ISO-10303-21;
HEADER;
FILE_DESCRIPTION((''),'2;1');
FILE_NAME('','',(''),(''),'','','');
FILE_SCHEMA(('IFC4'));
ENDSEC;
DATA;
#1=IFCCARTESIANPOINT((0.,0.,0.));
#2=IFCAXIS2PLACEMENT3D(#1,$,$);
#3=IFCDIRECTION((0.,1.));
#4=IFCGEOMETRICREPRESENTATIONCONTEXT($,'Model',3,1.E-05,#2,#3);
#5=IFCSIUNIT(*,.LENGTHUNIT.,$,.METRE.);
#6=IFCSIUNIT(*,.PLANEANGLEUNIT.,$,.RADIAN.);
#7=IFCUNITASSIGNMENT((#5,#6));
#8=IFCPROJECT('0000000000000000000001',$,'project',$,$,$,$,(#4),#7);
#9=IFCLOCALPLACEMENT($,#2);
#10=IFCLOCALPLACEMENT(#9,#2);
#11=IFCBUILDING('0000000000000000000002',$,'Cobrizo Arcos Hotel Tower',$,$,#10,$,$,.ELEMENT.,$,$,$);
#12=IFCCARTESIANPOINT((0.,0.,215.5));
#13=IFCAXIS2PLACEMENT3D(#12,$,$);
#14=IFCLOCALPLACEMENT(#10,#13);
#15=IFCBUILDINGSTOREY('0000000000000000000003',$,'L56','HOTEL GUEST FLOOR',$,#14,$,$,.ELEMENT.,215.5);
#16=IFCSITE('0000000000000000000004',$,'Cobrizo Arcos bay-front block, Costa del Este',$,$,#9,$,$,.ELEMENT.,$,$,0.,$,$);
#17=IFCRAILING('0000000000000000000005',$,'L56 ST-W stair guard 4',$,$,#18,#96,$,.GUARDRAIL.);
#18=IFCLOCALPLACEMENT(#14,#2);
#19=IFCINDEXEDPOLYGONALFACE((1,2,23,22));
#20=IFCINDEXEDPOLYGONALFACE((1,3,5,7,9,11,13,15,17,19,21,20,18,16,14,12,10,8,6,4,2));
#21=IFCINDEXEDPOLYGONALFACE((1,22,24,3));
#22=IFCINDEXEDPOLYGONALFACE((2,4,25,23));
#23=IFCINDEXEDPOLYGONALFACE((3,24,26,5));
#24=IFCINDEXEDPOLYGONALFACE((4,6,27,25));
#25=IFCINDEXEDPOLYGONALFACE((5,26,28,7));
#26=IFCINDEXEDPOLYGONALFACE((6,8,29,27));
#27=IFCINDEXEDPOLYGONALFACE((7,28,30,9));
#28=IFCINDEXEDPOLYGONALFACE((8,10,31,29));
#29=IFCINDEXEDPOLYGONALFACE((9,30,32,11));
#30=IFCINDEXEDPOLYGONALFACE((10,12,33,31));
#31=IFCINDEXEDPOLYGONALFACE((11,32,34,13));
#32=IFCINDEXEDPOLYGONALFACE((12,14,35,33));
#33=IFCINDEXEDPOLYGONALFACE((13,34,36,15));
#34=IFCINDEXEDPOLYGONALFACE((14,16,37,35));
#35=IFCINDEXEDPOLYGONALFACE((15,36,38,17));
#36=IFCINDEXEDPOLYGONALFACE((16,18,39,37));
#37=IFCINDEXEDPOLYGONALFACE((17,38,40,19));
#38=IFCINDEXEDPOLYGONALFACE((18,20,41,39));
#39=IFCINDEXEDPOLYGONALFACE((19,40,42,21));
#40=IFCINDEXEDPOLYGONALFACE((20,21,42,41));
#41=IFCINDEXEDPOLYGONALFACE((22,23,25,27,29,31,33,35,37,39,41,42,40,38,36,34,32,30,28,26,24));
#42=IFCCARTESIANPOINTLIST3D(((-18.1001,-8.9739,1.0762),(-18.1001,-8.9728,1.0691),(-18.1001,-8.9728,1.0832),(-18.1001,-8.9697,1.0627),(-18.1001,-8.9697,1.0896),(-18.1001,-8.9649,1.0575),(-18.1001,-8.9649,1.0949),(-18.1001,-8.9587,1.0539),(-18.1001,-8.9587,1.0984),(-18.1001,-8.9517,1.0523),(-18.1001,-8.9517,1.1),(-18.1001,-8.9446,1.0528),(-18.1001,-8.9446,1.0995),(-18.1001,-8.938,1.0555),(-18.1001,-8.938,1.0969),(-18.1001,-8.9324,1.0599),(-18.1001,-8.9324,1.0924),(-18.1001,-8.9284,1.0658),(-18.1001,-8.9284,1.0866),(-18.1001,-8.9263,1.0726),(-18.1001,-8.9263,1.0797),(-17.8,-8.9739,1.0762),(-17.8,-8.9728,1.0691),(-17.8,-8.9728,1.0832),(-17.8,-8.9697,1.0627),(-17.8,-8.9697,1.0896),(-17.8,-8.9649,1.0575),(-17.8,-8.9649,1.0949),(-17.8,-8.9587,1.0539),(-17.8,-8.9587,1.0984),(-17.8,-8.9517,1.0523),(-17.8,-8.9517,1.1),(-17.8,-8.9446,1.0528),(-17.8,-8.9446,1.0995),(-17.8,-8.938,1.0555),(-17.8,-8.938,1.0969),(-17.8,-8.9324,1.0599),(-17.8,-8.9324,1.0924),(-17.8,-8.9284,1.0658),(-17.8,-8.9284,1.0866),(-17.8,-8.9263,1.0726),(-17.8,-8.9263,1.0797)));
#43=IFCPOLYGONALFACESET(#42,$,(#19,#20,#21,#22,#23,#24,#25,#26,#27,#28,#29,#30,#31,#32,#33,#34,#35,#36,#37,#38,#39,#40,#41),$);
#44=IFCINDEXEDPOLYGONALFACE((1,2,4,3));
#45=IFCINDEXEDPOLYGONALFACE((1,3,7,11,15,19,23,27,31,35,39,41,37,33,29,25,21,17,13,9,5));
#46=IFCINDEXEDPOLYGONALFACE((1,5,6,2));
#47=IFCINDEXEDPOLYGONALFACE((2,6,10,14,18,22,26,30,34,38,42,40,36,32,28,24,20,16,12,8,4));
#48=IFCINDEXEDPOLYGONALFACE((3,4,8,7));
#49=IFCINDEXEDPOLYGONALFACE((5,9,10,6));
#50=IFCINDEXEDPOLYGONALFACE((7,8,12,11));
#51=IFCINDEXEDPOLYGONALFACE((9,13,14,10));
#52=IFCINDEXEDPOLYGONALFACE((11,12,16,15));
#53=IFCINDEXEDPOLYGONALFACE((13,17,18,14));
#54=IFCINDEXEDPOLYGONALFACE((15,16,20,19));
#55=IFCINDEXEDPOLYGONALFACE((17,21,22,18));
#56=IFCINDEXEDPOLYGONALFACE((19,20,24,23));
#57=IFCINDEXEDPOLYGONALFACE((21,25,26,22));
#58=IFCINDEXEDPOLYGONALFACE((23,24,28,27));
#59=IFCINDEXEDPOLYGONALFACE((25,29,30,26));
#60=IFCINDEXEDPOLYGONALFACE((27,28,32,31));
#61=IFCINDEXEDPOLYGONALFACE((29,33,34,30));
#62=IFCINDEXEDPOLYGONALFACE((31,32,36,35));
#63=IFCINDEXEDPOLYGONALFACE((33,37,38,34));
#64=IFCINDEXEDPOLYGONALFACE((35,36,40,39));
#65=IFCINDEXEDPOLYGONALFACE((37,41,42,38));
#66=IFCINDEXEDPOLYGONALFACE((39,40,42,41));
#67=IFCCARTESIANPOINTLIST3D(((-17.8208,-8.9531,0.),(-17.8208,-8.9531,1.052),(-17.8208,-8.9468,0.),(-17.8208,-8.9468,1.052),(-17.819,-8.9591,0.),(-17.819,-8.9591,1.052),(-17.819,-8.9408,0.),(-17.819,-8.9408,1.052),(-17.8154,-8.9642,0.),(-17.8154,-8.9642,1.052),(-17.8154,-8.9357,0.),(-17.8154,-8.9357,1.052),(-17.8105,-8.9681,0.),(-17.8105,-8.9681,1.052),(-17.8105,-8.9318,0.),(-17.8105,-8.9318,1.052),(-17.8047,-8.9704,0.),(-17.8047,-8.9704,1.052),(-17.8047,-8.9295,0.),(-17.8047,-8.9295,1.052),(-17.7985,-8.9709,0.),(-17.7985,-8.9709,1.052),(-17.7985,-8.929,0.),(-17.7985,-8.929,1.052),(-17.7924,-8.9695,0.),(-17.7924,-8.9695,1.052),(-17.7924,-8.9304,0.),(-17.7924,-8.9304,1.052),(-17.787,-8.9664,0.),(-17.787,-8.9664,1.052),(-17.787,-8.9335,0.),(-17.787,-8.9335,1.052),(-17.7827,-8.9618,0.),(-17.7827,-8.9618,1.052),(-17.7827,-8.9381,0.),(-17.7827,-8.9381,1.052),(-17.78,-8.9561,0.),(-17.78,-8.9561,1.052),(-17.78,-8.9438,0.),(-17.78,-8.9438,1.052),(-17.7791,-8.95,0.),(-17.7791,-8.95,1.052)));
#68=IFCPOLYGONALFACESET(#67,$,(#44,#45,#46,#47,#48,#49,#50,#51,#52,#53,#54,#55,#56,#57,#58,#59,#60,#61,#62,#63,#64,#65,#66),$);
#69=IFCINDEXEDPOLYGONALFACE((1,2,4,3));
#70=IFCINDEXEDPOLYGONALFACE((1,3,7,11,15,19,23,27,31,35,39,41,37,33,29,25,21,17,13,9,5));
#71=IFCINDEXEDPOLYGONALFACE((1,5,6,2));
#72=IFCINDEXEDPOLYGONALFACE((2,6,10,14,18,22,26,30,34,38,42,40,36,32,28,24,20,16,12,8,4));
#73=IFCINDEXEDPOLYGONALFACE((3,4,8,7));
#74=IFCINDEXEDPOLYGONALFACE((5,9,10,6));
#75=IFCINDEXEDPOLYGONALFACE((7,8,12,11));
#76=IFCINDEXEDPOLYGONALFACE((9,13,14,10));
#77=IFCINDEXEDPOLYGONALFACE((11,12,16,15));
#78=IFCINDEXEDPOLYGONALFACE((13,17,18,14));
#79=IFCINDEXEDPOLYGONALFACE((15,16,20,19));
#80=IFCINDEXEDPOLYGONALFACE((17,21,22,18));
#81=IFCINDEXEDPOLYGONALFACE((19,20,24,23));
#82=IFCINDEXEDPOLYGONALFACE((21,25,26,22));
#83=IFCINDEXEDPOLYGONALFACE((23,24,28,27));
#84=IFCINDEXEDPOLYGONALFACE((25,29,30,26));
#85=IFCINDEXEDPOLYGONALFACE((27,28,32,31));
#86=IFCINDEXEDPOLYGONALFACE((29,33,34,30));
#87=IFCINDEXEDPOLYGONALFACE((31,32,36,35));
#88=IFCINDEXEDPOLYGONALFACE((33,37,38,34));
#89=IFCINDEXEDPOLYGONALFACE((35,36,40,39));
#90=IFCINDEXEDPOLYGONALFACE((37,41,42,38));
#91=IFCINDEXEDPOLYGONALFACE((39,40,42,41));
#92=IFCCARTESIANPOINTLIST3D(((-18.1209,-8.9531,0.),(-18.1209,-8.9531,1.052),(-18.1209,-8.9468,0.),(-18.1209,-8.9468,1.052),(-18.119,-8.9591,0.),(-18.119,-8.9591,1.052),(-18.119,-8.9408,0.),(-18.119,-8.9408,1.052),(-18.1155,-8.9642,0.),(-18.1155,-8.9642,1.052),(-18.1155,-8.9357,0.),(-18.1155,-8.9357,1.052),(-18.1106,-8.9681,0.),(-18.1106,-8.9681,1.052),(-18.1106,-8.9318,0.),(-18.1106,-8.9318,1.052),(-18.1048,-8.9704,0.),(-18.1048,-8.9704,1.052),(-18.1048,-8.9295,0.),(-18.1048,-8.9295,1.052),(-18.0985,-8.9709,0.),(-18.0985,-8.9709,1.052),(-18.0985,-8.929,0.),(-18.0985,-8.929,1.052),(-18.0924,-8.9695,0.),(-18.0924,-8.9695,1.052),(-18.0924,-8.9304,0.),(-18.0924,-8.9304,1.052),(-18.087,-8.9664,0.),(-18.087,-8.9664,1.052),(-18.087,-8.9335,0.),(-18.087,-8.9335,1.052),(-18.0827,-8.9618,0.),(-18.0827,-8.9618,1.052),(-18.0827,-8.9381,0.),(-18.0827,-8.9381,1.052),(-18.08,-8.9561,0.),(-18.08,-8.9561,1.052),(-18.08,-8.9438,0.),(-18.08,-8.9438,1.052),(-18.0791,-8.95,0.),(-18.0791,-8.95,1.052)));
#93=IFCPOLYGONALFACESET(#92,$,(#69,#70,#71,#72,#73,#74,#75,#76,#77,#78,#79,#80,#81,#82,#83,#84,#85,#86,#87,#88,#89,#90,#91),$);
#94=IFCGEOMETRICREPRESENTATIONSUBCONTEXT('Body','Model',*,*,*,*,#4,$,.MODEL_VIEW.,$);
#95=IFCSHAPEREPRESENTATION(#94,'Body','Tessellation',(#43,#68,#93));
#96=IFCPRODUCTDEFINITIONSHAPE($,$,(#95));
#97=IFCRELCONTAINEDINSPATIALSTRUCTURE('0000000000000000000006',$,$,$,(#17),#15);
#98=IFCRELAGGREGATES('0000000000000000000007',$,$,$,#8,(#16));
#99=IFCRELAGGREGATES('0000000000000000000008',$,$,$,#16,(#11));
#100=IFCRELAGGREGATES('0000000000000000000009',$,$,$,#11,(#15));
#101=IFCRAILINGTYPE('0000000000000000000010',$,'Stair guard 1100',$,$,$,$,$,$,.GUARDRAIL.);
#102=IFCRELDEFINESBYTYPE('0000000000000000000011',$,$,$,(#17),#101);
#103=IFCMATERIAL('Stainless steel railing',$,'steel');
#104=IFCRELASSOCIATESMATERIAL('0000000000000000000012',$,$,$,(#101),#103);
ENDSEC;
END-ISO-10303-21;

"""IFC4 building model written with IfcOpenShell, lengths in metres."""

from ifc_helpers import new_model, si_unit, direction, frame, origin, origin_2d, place, context, subcontext, project, spatial, circle, extrude, material, type_object, element, save


model = new_model("IFC4")

# Units and contexts
model_context = context("Model", 3, precision=1e-05, world=origin(), true_north=direction((0.0, 1.0)))
body_context = subcontext(model_context, "Body", "Model", "MODEL_VIEW")
ifc_project = project(units=[si_unit("LENGTHUNIT", "METRE"), si_unit("PLANEANGLEUNIT", "RADIAN")], contexts=[model_context])

# Site, building, storey
site_placement = place(None, origin())
site = spatial("IfcSite", under=ifc_project, at=site_placement, Name="Cobrizo Arcos bay-front block, Costa del Este", CompositionType="ELEMENT", RefElevation=0.0)
building_placement = place(site_placement, origin())
building = spatial("IfcBuilding", under=site, at=building_placement, Name="Cobrizo Arcos Hotel Tower", CompositionType="ELEMENT")
storey_placement = place(building_placement, frame((0.0, 0.0, 215.5)))
storey = spatial("IfcBuildingStorey", under=building, at=storey_placement, Name="L56", Description="HOTEL GUEST FLOOR", CompositionType="ELEMENT", Elevation=215.5)

# Railing
ifc_material_1 = material(Name="Stainless steel railing", Category="steel")
railing_type_1 = type_object("IfcRailingType", Name="Stair guard 1100", PredefinedType="GUARDRAIL", material=ifc_material_1)
railing_1_placement = place(storey_placement, frame((-17.8, -8.95, 0.0)))
element("IfcRailing", 1, at=railing_1_placement, inside=storey, type_object=railing_type_1, Name="L56 ST-W stair guard 4", PredefinedType="GUARDRAIL", context=body_context, shape_type="SweptSolid", body=[
    extrude(circle(Radius=0.0239, at=origin_2d()), frame((0.0, 0.0, 1.0762), z_axis=(-1.0, 0.0, 0.0), x_axis=(0.0, -1.0, 0.0)), (0.0, 0.0, 1.0), 0.3),
    extrude(circle(Radius=0.021, at=origin_2d()), origin(), (0.0, 0.0, 1.0), 1.052),
    extrude(circle(Radius=0.021, at=origin_2d()), frame((-0.3, 0.0, 0.0)), (0.0, 0.0, 1.0), 1.052),
])

save(model, "model.ifc")
